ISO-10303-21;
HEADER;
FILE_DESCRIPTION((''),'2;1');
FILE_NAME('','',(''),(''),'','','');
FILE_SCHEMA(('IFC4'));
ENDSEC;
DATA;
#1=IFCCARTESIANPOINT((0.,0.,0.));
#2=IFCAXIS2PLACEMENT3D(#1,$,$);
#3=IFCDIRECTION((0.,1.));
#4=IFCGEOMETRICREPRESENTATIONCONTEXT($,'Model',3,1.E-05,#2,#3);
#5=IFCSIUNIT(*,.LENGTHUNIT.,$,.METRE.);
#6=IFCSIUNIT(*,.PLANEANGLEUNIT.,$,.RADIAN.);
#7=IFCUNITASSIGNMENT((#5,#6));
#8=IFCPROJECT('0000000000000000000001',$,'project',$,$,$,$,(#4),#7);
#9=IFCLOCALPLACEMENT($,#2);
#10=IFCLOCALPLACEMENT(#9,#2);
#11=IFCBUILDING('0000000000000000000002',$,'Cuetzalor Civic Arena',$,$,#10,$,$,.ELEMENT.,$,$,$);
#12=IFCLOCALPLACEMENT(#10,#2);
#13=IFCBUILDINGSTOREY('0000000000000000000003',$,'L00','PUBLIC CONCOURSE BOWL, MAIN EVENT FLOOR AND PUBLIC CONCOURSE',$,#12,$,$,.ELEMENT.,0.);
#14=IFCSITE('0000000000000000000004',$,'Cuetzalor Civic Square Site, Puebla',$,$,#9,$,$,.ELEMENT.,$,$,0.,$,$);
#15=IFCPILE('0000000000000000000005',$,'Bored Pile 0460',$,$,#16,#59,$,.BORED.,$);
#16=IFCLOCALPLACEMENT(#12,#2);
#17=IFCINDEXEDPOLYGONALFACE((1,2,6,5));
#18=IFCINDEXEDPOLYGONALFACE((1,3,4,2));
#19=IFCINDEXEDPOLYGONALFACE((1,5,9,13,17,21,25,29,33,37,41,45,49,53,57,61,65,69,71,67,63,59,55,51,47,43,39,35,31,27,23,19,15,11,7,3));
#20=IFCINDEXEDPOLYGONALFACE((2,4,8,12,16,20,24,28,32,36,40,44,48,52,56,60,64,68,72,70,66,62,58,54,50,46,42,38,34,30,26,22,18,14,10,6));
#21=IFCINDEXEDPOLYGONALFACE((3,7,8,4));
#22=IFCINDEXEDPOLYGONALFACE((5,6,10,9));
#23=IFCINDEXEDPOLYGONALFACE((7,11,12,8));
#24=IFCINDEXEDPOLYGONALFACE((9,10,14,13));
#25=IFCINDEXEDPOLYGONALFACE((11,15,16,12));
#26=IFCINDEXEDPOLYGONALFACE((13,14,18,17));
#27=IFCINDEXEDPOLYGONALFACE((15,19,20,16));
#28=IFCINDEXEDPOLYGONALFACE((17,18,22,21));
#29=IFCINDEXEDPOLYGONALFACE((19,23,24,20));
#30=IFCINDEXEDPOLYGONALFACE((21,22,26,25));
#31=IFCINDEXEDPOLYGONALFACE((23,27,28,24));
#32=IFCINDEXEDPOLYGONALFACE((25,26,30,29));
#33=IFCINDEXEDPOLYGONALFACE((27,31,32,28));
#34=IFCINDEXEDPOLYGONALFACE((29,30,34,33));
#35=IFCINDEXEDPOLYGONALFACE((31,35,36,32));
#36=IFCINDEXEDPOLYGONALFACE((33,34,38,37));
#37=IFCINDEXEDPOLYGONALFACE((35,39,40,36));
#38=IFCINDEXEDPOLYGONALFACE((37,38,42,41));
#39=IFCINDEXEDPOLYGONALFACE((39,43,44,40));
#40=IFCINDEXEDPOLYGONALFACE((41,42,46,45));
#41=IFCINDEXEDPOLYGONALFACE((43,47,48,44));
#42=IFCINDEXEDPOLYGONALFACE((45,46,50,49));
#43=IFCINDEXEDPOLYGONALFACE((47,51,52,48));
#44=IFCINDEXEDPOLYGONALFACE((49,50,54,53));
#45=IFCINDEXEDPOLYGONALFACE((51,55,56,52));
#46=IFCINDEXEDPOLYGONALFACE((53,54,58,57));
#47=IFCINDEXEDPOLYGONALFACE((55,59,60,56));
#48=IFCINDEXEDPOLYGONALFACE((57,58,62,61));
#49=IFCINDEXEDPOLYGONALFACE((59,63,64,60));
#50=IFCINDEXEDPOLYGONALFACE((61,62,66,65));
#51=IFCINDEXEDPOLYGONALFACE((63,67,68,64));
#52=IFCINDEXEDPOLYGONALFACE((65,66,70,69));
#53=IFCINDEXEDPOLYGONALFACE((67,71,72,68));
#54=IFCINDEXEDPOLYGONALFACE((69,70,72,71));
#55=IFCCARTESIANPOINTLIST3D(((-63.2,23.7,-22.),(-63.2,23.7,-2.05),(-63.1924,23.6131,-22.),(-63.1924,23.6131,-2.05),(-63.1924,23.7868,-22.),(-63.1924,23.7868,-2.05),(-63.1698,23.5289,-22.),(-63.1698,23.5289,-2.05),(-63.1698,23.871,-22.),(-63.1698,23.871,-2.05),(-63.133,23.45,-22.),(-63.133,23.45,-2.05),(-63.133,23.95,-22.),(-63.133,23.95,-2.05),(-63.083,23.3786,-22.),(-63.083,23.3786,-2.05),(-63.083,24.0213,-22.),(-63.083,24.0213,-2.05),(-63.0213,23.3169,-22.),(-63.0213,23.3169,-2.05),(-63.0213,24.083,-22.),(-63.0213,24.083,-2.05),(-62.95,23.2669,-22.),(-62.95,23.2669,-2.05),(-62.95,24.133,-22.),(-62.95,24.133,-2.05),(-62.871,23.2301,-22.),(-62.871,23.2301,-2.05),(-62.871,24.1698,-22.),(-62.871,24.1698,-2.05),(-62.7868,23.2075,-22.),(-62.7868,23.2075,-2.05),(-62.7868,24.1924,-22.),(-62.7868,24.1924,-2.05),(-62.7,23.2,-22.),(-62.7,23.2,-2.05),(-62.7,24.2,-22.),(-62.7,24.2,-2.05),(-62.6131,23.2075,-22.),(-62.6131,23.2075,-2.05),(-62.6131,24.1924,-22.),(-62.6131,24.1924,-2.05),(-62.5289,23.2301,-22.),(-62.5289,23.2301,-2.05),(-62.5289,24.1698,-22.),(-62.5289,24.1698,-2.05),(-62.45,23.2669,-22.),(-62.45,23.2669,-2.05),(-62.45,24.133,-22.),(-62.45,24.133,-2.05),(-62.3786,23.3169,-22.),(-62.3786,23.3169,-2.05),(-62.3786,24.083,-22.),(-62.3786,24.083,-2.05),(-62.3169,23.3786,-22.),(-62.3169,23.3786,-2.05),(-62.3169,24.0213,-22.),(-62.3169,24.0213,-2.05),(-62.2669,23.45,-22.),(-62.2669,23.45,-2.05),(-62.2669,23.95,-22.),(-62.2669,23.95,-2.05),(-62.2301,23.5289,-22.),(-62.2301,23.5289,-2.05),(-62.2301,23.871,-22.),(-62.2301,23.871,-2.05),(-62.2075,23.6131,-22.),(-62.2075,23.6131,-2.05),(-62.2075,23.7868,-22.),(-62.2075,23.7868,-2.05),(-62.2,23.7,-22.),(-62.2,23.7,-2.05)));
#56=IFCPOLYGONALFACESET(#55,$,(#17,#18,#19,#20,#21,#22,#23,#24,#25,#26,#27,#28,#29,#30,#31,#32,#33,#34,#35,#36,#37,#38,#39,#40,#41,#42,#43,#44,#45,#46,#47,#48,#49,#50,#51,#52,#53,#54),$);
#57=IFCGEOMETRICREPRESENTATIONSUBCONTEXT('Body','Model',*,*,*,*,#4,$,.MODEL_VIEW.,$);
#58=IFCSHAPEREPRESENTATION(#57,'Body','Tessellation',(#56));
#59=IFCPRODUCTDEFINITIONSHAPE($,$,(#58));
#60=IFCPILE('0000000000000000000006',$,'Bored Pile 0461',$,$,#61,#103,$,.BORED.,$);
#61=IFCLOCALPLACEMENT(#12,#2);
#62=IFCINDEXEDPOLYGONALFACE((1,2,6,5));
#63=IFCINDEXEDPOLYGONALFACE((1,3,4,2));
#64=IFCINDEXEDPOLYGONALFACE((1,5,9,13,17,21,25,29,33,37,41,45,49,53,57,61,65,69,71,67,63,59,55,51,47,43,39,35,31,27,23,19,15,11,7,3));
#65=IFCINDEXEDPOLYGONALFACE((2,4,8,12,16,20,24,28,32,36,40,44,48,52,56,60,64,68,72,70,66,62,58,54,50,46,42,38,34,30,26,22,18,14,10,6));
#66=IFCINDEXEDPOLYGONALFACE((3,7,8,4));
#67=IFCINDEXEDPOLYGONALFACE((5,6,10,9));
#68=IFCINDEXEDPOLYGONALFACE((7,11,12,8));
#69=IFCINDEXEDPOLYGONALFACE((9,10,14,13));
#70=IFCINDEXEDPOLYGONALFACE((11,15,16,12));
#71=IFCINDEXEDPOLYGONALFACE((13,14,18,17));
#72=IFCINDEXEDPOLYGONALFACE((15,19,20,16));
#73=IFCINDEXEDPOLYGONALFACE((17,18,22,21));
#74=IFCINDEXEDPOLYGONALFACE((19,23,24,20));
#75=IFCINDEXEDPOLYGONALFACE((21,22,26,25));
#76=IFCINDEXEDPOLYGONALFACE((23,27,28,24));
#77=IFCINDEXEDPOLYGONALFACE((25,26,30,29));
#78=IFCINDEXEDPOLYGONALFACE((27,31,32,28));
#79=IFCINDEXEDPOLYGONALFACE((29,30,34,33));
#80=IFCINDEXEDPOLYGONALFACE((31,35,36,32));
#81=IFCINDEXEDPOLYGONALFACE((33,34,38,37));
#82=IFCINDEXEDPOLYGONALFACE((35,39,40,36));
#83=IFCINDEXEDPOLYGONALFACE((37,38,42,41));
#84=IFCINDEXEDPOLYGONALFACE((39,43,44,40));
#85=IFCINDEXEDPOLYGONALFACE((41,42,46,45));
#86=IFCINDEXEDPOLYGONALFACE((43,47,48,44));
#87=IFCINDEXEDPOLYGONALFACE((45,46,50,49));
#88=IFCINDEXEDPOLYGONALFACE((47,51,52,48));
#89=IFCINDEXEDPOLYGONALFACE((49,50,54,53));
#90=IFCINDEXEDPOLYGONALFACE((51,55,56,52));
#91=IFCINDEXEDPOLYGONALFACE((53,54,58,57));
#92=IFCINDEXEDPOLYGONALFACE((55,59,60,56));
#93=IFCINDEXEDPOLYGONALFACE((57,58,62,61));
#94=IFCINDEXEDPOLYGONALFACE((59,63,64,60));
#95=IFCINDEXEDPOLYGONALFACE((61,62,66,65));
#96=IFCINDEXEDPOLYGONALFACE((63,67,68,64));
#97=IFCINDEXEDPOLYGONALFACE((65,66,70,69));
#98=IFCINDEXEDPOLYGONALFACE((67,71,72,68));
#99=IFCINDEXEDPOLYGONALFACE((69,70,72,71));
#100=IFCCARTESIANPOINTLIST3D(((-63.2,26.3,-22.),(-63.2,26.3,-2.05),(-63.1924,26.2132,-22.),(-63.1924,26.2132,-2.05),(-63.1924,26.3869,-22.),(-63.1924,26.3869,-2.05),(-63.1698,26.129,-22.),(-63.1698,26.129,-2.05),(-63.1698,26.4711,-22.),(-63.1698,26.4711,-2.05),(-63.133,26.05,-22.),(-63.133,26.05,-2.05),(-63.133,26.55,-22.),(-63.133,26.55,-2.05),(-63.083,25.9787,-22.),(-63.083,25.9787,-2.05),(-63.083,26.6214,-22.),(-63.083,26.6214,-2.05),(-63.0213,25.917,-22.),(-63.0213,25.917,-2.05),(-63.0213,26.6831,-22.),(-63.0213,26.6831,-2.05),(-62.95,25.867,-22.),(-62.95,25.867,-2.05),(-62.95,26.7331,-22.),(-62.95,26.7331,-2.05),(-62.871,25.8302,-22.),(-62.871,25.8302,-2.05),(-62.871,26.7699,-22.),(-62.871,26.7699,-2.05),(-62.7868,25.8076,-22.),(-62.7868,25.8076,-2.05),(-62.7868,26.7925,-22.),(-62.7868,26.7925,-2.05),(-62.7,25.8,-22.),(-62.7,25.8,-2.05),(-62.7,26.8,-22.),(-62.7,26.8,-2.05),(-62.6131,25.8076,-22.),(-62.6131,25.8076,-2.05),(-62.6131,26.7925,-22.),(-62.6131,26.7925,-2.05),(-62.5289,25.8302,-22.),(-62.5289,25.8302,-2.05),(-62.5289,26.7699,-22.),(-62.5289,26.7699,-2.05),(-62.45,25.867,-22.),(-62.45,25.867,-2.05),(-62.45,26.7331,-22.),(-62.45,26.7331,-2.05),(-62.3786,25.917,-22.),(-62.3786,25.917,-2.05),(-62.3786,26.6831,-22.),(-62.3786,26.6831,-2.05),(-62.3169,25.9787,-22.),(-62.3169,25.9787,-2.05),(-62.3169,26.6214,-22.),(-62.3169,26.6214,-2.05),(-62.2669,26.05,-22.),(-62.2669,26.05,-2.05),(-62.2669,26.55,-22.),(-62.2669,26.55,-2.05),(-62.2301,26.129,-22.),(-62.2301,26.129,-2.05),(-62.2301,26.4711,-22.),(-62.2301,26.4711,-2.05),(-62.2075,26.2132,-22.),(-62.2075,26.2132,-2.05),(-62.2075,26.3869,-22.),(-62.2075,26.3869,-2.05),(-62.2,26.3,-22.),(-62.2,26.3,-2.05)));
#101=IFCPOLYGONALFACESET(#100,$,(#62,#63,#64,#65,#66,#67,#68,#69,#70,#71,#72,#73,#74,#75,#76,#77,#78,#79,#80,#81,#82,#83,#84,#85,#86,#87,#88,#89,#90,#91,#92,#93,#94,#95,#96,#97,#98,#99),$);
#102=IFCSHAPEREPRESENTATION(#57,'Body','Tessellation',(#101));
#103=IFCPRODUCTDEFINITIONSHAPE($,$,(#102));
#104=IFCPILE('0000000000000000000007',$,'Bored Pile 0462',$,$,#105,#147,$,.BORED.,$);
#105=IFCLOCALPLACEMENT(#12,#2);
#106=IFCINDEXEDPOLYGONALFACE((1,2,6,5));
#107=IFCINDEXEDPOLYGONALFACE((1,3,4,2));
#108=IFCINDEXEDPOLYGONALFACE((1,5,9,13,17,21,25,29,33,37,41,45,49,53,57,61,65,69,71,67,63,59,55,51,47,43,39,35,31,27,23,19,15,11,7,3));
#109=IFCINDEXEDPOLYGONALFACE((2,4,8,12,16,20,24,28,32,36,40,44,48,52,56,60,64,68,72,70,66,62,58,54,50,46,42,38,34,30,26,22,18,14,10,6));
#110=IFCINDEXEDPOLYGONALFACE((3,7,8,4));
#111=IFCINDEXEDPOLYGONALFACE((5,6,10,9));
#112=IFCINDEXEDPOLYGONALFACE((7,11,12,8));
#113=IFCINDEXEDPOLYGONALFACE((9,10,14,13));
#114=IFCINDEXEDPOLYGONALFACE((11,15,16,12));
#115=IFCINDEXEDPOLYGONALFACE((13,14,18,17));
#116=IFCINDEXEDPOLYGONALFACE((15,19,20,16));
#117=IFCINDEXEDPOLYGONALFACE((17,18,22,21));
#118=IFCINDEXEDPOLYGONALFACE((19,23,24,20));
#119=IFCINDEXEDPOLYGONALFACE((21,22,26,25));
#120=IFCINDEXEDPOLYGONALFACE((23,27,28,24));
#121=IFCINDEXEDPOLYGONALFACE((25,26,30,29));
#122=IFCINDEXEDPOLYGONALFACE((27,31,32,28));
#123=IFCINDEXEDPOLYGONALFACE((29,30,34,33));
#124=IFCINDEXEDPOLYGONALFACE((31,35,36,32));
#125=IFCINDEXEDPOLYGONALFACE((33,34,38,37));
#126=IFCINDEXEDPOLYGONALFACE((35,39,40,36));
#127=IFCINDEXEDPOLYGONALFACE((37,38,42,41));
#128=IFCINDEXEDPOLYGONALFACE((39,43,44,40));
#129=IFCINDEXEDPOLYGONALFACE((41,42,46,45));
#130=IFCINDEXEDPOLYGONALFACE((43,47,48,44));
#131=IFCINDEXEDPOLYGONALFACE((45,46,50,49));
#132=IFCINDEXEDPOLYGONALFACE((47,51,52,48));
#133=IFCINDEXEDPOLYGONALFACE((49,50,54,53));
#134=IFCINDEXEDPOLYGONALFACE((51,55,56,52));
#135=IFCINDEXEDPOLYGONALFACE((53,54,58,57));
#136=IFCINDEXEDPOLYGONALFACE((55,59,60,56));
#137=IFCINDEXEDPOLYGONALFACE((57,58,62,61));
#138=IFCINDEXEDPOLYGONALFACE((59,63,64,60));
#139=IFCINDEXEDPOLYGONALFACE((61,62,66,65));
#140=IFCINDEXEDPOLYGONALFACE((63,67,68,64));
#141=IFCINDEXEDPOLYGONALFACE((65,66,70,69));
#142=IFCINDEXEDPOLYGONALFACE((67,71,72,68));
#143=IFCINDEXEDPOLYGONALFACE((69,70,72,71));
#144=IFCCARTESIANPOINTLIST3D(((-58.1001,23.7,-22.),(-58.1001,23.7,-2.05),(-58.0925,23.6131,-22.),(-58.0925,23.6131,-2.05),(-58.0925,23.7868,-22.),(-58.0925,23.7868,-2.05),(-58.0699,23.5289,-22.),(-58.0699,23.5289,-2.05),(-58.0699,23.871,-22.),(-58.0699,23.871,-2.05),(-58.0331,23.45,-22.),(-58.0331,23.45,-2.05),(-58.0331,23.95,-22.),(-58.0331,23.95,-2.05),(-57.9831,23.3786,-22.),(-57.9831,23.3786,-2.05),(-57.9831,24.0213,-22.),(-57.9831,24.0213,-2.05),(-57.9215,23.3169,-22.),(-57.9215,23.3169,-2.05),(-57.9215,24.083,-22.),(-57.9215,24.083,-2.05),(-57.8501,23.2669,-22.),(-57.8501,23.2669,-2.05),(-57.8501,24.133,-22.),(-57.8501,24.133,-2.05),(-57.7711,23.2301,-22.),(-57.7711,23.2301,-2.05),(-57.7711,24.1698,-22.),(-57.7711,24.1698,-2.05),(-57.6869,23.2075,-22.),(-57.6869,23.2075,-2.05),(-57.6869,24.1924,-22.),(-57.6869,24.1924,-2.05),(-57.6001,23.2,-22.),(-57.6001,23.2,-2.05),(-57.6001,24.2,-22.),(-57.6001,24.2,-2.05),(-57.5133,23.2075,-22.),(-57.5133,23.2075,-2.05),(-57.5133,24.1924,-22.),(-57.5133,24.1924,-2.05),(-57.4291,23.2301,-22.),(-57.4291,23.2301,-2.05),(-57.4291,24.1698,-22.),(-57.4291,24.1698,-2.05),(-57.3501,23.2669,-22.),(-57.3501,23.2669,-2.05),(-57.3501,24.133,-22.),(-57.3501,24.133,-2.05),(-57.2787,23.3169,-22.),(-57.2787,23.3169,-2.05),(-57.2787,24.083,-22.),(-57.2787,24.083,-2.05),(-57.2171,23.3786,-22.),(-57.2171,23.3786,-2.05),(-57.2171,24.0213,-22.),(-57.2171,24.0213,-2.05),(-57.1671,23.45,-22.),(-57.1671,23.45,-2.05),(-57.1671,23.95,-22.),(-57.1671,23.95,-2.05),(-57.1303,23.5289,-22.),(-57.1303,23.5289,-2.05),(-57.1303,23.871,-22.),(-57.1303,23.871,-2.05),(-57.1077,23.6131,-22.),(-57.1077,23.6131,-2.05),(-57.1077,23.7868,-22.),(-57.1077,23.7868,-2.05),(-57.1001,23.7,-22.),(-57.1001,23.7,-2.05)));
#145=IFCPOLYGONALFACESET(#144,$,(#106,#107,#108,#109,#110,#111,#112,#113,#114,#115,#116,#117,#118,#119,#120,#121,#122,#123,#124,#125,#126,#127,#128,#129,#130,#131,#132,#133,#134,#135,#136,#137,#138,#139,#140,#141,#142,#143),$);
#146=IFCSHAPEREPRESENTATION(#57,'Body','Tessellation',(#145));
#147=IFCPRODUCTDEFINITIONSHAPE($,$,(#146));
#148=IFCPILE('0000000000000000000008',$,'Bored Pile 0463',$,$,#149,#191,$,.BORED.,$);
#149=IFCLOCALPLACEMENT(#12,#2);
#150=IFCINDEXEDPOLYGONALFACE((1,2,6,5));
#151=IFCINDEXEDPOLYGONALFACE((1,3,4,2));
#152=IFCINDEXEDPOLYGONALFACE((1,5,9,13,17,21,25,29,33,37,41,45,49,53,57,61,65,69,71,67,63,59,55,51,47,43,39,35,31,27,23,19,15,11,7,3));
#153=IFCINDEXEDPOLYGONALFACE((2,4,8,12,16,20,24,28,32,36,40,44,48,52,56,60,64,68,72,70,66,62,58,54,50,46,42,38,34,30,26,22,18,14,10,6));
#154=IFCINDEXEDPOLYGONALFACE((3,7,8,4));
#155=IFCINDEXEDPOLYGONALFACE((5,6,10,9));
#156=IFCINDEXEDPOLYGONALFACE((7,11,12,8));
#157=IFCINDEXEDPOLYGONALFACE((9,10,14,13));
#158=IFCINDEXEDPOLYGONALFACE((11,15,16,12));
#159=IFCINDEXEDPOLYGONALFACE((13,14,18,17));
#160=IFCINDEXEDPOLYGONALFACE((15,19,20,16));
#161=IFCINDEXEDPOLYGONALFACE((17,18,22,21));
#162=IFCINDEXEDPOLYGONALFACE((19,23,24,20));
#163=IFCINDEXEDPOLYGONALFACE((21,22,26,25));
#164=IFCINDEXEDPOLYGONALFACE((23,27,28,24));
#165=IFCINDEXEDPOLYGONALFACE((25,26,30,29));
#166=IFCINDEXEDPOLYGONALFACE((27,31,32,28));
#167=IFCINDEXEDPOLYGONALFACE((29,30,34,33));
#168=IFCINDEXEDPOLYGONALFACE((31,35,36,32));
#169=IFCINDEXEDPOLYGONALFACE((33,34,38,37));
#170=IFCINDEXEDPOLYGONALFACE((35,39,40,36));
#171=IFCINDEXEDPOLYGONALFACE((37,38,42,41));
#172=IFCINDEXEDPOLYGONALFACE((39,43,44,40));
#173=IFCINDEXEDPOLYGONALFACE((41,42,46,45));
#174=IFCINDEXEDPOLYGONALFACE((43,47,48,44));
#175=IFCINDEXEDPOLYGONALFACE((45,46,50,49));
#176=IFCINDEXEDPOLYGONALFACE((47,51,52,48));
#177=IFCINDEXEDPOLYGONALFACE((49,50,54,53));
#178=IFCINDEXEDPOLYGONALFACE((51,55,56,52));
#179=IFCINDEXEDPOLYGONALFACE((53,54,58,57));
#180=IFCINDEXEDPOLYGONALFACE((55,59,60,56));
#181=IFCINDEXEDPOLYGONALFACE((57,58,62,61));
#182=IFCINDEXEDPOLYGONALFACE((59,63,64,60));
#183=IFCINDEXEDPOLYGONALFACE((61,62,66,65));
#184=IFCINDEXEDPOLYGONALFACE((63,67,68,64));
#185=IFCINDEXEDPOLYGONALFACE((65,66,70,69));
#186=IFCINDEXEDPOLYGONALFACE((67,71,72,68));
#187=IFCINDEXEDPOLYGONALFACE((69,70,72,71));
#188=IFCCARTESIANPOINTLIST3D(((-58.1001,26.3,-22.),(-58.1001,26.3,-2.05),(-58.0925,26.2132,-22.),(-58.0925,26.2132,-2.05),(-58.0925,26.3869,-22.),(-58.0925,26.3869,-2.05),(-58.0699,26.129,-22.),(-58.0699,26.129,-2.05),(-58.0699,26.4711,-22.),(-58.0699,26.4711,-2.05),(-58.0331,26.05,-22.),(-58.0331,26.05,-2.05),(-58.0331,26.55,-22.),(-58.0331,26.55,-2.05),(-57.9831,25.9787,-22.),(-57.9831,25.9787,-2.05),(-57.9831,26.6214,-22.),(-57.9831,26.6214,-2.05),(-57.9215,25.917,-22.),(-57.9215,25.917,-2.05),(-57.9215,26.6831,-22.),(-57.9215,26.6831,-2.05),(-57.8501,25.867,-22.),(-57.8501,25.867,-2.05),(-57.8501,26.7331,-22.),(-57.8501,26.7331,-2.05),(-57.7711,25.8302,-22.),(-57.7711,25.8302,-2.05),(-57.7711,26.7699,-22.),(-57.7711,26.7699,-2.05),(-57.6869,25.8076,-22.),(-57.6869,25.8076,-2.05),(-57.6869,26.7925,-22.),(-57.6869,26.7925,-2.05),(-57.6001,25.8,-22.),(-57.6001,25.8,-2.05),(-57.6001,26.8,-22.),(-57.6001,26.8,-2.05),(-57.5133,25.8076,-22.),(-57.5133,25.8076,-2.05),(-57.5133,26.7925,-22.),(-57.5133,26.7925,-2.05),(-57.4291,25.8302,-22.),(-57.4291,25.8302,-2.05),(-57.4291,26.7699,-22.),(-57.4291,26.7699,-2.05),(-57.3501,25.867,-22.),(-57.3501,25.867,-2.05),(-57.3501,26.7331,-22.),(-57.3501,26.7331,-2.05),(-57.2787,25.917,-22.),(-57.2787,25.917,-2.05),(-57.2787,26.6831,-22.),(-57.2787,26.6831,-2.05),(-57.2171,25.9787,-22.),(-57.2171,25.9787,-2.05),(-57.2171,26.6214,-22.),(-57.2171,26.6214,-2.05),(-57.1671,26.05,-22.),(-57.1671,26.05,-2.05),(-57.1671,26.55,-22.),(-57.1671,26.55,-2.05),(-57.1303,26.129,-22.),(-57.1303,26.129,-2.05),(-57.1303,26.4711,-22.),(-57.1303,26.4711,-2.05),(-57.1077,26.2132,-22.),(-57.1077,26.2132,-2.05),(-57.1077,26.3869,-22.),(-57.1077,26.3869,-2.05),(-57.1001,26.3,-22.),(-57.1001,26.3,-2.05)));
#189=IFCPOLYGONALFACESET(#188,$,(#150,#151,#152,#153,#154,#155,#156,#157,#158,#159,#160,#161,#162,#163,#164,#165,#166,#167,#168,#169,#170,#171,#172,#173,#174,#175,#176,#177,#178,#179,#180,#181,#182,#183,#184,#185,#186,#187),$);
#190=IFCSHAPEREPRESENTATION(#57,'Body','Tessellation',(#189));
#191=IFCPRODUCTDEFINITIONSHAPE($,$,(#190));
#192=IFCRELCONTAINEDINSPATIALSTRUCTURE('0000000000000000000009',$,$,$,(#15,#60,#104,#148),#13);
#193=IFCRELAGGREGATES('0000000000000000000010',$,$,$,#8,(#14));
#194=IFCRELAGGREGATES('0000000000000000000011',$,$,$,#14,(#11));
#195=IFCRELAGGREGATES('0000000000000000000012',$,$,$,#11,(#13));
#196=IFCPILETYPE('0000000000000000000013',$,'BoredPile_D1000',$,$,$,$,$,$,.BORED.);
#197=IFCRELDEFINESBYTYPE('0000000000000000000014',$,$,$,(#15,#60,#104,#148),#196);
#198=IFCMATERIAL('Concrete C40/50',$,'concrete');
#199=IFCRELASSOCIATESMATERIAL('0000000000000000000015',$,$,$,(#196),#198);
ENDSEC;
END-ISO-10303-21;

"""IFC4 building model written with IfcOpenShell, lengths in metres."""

from ifc_helpers import new_model, si_unit, direction, frame, origin, origin_2d, place, context, subcontext, project, spatial, circle, extrude, material, material_profile, profile_set, type_object, element, save


model = new_model("IFC4")

# Units and contexts
model_context = context("Model", 3, precision=1e-05, world=origin(), true_north=direction((0.0, 1.0)))
body_context = subcontext(model_context, "Body", "Model", "MODEL_VIEW")
ifc_project = project(units=[si_unit("LENGTHUNIT", "METRE"), si_unit("PLANEANGLEUNIT", "RADIAN")], contexts=[model_context])

# Site, building, storey
site_placement = place(None, origin())
site = spatial("IfcSite", under=ifc_project, at=site_placement, Name="Cuetzalor Civic Square Site, Puebla", CompositionType="ELEMENT", RefElevation=0.0)
building_placement = place(site_placement, origin())
building = spatial("IfcBuilding", under=site, at=building_placement, Name="Cuetzalor Civic Arena", CompositionType="ELEMENT")
storey_placement = place(building_placement, origin())
storey = spatial("IfcBuildingStorey", under=building, at=storey_placement, Name="L00", Description="PUBLIC CONCOURSE BOWL, MAIN EVENT FLOOR AND PUBLIC CONCOURSE", CompositionType="ELEMENT", Elevation=0.0)

# Piles
ifc_material_1 = material(Name="Concrete C40/50", Category="concrete")
ifc_material_profile_1 = material_profile(ifc_material_1, circle(Radius=0.5, at=origin_2d()), Name="BORED PILE D1000")
ifc_profile_set_1 = profile_set([ifc_material_profile_1], Name="Concrete C40/50")
pile_type_1 = type_object("IfcPileType", Name="BoredPile_D1000", PredefinedType="BORED", material=ifc_profile_set_1)
for number, where, z_axis, x_axis, name in (
    (1, (-62.7, 23.7, -2.05), (0.0, 0.0, -1.0), (1.0, 0.0, 0.0), "Bored Pile 0460"),
    (2, (-62.7, 26.3, -2.05), (0.0, 0.0, -1.0), (1.0, 0.0, 0.0), "Bored Pile 0461"),
    (3, (-57.6001, 23.7, -2.05), (0.0, 0.0, -1.0), (1.0, 0.0, 0.0), "Bored Pile 0462"),
    (4, (-57.6001, 26.3, -2.05), (0.0, 0.0, -1.0), (1.0, 0.0, 0.0), "Bored Pile 0463"),
):
    element("IfcPile", number, at=place(storey_placement, frame(where, z_axis=z_axis, x_axis=x_axis)), inside=storey, type_object=pile_type_1, Name=name, PredefinedType="BORED", context=body_context, shape_type="SweptSolid", body=[
        extrude(circle(Radius=0.5, at=origin_2d()), origin(), (0.0, 0.0, 1.0), 19.95),
    ])

save(model, "model.ifc")
